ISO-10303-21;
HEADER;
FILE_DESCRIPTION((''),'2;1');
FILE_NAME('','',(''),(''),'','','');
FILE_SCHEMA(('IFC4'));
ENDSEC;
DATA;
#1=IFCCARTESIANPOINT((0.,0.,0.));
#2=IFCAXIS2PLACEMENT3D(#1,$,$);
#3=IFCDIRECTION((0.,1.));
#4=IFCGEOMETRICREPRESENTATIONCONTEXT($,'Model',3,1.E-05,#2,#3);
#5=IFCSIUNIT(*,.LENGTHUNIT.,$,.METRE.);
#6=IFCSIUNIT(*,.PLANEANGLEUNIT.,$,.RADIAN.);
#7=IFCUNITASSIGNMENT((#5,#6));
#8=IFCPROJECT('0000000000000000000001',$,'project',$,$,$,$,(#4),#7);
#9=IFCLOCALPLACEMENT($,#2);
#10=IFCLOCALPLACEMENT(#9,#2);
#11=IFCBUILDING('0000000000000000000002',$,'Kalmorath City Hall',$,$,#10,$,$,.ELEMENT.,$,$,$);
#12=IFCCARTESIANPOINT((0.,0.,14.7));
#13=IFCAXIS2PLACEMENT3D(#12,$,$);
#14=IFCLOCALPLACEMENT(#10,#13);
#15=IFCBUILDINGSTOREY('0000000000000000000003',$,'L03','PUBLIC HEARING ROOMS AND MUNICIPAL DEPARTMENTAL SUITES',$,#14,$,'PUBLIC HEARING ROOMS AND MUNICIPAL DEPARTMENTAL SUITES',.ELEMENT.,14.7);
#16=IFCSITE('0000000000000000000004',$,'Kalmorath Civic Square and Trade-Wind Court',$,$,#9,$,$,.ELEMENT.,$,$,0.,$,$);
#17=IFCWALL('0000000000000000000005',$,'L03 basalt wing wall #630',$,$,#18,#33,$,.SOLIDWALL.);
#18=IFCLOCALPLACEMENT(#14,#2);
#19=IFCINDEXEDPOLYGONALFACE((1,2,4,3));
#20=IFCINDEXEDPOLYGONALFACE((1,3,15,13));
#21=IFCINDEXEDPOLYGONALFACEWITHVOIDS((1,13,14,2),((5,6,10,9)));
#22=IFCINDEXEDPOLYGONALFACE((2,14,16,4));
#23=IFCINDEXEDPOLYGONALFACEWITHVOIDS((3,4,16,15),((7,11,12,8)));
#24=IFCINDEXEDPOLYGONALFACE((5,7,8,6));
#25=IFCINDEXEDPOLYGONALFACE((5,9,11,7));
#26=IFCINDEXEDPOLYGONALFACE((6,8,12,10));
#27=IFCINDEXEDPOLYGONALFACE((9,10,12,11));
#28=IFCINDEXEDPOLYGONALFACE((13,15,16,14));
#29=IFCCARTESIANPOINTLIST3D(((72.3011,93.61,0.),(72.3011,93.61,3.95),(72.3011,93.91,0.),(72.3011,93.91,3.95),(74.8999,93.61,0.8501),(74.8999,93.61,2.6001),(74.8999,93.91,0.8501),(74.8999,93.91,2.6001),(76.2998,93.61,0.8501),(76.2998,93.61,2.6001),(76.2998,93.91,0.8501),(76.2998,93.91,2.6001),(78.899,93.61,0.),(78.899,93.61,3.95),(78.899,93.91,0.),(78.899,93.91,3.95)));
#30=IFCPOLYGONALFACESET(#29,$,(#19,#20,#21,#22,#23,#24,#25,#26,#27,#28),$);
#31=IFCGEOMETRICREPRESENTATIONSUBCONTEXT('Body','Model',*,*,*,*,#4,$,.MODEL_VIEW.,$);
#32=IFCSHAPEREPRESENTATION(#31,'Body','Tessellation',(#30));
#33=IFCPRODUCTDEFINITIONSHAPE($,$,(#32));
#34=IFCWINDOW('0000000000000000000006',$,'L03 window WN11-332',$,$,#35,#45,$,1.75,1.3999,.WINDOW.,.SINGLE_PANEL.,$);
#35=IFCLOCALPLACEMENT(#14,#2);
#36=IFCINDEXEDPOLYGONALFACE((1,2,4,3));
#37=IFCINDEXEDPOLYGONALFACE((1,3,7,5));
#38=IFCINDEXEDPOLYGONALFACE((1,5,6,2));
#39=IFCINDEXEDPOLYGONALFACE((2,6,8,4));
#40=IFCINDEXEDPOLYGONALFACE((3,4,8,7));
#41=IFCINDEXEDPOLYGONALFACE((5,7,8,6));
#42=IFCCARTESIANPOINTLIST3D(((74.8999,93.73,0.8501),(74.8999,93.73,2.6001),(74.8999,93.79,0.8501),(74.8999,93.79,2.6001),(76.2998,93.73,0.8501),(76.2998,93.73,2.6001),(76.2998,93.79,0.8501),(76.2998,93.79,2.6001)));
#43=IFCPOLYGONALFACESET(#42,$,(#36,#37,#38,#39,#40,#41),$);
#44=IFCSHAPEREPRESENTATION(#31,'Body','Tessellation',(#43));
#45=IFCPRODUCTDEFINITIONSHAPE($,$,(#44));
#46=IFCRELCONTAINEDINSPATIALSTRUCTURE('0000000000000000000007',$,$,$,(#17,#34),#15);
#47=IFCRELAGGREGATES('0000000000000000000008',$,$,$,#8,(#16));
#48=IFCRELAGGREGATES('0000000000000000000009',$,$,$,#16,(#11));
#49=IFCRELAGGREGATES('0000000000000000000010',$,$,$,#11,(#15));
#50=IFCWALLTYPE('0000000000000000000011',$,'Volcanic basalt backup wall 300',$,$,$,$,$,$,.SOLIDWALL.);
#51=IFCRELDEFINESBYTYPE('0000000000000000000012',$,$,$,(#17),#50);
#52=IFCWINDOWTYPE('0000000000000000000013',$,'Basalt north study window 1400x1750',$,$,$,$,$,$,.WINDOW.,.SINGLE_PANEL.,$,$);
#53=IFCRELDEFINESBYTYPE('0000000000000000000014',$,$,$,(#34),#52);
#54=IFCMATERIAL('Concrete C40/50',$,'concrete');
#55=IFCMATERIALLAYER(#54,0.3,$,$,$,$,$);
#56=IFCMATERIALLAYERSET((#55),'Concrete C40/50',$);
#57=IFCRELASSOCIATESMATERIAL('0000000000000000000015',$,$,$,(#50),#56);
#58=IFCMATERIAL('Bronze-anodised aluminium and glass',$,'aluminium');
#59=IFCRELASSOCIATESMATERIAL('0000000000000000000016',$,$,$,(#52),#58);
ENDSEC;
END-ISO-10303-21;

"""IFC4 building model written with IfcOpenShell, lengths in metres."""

from ifc_helpers import new_model, si_unit, direction, frame, frame_2d, origin, place, context, subcontext, project, spatial, rectangle, extrude, material, layer, layer_set, type_object, element, fill, save


model = new_model("IFC4")

# Units and contexts
model_context = context("Model", 3, precision=1e-05, world=origin(), true_north=direction((0.0, 1.0)))
body_context = subcontext(model_context, "Body", "Model", "MODEL_VIEW")
ifc_project = project(units=[si_unit("LENGTHUNIT", "METRE"), si_unit("PLANEANGLEUNIT", "RADIAN")], contexts=[model_context])

# Site, building, storey
site_placement = place(None, origin())
site = spatial("IfcSite", under=ifc_project, at=site_placement, Name="Kalmorath Civic Square and Trade-Wind Court", CompositionType="ELEMENT", RefElevation=0.0)
building_placement = place(site_placement, origin())
building = spatial("IfcBuilding", under=site, at=building_placement, Name="Kalmorath City Hall", CompositionType="ELEMENT")
storey_placement = place(building_placement, frame((0.0, 0.0, 14.7)))
storey = spatial("IfcBuildingStorey", under=building, at=storey_placement, Name="L03", Description="PUBLIC HEARING ROOMS AND MUNICIPAL DEPARTMENTAL SUITES", LongName="PUBLIC HEARING ROOMS AND MUNICIPAL DEPARTMENTAL SUITES", CompositionType="ELEMENT", Elevation=14.7)

# Wall, opening, window
ifc_material_1 = material(Name="Concrete C40/50", Category="concrete")
ifc_layer_1 = layer(ifc_material_1, 0.3)
ifc_layer_set_1 = layer_set([ifc_layer_1], Name="Concrete C40/50")
wall_type = type_object("IfcWallType", Name="Volcanic basalt backup wall 300", PredefinedType="SOLIDWALL", material=ifc_layer_set_1)
wall_placement = place(storey_placement, frame((78.8989, 93.76, 0.0), z_axis=(0.0, 0.0, 1.0), x_axis=(-1.0, 0.0, 0.0)))
wall = element("IfcWall", 1, at=wall_placement, inside=storey, type_object=wall_type, Name="L03 basalt wing wall #630", PredefinedType="SOLIDWALL", context=body_context, shape_type="SweptSolid", body=[
    extrude(rectangle(XDim=6.5979, YDim=0.3, at=frame_2d((3.2988, 0.0))), origin(), (0.0, 0.0, 1.0), 3.95),
])
opening_placement = place(wall_placement, frame((2.5991, 0.0, 0.8501)))
opening = element("IfcOpeningElement", 2, at=opening_placement, cuts=wall, PredefinedType="OPENING", context=body_context, shape_type="SweptSolid", body=[
    extrude(rectangle(XDim=1.3999, YDim=1.75, at=frame_2d((0.7, 0.875))), frame((0.0, 0.1599, 0.0), z_axis=(0.0, -1.0, 0.0), x_axis=(1.0, 0.0, 0.0)), (0.0, 0.0, 1.0), 0.3201),
])
ifc_material_2 = material(Name="Bronze-anodised aluminium and glass", Category="aluminium")
window_type = type_object("IfcWindowType", Name="Basalt north study window 1400x1750", PartitioningType="SINGLE_PANEL", PredefinedType="WINDOW", material=ifc_material_2)
window_placement = place(opening_placement, origin())
window = element("IfcWindow", 3, at=window_placement, inside=storey, type_object=window_type, Name="L03 window WN11-332", OverallHeight=1.75, OverallWidth=1.3999, PartitioningType="SINGLE_PANEL", PredefinedType="WINDOW", context=body_context, shape_type="SweptSolid", body=[
    extrude(rectangle(XDim=1.3999, YDim=1.75, at=frame_2d((0.7, 0.875))), frame((0.0, 0.03, 0.0), z_axis=(0.0, -1.0, 0.0), x_axis=(1.0, 0.0, 0.0)), (0.0, 0.0, 1.0), 0.0601),
])
fill(opening, window)

save(model, "model.ifc")
